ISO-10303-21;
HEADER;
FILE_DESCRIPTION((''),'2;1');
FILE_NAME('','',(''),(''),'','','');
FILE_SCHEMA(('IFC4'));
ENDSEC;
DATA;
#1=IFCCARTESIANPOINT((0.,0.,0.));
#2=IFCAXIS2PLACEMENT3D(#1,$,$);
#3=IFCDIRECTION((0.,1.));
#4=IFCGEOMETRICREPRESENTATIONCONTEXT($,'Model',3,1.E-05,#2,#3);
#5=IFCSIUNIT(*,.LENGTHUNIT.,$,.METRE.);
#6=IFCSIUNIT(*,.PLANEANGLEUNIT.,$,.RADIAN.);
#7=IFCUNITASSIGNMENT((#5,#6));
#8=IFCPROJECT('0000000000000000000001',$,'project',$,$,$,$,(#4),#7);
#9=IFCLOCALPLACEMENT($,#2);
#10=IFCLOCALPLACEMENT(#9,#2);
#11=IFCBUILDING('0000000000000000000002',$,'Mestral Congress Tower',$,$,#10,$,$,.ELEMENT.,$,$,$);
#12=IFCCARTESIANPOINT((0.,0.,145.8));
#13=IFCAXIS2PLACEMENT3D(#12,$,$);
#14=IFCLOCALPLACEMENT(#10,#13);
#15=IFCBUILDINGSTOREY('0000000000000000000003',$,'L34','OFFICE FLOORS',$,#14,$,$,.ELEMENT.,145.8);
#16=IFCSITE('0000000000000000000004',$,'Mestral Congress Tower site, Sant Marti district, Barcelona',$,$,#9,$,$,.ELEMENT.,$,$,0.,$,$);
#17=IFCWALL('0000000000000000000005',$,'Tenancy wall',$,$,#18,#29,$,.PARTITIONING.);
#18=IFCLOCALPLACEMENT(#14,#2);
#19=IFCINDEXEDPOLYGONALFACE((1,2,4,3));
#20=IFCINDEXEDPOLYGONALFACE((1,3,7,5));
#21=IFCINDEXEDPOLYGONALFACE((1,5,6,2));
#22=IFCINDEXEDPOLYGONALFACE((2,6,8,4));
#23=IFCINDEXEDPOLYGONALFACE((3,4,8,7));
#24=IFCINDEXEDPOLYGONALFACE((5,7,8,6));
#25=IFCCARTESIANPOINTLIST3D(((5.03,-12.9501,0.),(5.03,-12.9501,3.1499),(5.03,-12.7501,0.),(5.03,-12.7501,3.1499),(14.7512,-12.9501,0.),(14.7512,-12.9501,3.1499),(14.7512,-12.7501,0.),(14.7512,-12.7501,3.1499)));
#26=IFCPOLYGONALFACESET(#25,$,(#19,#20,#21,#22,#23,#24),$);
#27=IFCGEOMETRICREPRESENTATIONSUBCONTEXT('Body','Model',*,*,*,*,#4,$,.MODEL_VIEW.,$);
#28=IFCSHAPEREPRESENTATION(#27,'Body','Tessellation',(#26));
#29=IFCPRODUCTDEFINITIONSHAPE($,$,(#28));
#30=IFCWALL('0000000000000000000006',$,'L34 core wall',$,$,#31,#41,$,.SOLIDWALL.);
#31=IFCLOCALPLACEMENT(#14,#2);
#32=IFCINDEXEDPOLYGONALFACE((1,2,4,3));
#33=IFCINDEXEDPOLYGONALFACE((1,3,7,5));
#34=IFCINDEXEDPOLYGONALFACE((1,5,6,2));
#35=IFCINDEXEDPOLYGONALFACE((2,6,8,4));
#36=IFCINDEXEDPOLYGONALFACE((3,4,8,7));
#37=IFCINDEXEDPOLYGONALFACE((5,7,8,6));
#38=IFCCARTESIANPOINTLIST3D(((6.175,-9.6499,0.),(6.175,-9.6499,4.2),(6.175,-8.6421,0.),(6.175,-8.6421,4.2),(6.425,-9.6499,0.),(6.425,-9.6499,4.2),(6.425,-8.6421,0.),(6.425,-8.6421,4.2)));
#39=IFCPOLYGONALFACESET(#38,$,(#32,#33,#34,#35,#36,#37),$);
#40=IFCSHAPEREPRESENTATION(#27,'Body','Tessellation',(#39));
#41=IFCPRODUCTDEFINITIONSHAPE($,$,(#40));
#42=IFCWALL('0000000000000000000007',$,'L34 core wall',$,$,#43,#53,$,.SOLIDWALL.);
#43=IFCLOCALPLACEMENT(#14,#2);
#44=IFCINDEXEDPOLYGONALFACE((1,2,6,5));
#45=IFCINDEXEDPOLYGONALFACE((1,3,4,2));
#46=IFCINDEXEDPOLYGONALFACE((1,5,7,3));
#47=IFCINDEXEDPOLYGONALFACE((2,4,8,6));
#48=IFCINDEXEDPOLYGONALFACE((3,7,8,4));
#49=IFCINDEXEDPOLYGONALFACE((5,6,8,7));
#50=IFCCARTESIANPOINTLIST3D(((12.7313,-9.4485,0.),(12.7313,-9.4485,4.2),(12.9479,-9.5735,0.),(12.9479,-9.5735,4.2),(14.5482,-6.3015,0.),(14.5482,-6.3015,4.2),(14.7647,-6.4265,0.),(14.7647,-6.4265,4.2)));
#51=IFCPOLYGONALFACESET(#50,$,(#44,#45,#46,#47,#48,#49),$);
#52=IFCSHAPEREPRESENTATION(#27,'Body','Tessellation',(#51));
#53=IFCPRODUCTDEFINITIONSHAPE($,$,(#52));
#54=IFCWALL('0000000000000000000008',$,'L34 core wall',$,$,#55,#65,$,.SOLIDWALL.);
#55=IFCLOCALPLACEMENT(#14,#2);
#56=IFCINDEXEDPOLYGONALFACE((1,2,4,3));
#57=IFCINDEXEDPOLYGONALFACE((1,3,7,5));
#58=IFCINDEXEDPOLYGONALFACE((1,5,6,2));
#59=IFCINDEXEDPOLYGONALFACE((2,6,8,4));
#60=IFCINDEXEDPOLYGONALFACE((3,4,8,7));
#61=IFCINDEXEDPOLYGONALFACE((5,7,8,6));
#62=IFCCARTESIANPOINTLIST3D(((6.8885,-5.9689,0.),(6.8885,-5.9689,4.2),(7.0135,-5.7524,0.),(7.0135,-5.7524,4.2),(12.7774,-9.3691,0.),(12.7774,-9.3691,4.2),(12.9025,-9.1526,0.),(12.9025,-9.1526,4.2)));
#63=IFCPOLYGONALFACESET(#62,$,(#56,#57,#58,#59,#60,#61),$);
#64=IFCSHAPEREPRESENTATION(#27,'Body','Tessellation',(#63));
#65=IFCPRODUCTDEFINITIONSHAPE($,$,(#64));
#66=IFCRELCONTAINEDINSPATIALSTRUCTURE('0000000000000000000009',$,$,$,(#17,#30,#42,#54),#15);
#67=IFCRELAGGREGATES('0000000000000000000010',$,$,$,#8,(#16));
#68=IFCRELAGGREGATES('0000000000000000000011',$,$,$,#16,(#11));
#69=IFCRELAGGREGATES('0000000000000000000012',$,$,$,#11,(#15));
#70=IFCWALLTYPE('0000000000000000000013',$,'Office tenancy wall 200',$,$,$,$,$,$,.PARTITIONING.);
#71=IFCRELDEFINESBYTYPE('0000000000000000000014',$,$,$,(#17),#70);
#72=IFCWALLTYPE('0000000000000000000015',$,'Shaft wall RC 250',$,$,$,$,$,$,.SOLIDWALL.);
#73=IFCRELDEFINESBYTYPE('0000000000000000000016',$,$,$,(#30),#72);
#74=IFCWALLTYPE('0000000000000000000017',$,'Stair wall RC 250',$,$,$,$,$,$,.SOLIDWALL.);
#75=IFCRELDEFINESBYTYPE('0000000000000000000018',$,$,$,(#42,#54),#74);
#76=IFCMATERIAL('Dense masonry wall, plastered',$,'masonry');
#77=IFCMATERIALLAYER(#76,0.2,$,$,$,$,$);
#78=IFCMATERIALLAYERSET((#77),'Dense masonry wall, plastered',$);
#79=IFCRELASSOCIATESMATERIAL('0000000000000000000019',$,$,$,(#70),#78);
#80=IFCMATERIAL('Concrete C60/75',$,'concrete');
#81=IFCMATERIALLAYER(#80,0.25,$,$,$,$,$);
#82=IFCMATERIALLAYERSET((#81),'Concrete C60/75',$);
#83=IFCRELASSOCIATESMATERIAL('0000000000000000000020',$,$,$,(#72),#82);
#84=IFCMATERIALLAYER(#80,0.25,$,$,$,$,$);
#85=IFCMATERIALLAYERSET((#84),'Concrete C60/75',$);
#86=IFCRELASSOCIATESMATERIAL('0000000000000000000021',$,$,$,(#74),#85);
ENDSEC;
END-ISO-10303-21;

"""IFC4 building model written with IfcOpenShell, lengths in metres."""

from ifc_helpers import new_model, si_unit, direction, frame, frame_2d, origin, place, context, subcontext, project, spatial, rectangle, extrude, material, layer, layer_set, type_object, element, save


model = new_model("IFC4")

# Units and contexts
model_context = context("Model", 3, precision=1e-05, world=origin(), true_north=direction((0.0, 1.0)))
body_context = subcontext(model_context, "Body", "Model", "MODEL_VIEW")
ifc_project = project(units=[si_unit("LENGTHUNIT", "METRE"), si_unit("PLANEANGLEUNIT", "RADIAN")], contexts=[model_context])

# Site, building, storey
site_placement = place(None, origin())
site = spatial("IfcSite", under=ifc_project, at=site_placement, Name="Mestral Congress Tower site, Sant Marti district, Barcelona", CompositionType="ELEMENT", RefElevation=0.0)
building_placement = place(site_placement, origin())
building = spatial("IfcBuilding", under=site, at=building_placement, Name="Mestral Congress Tower", CompositionType="ELEMENT")
storey_placement = place(building_placement, frame((0.0, 0.0, 145.8)))
storey = spatial("IfcBuildingStorey", under=building, at=storey_placement, Name="L34", Description="OFFICE FLOORS", CompositionType="ELEMENT", Elevation=145.8)

# Shared definitions
ifc_material_1 = material(Name="Concrete C60/75", Category="concrete")

# Walls
ifc_material_2 = material(Name="Dense masonry wall, plastered", Category="masonry")
ifc_layer_1 = layer(ifc_material_2, 0.2)
ifc_layer_set_1 = layer_set([ifc_layer_1], Name="Dense masonry wall, plastered")
wall_type_1 = type_object("IfcWallType", Name="Office tenancy wall 200", PredefinedType="PARTITIONING", material=ifc_layer_set_1)
wall_1_placement = place(storey_placement, frame((5.03, -12.8501, 0.0), z_axis=(0.0, 0.0, 1.0), x_axis=(1.0, 0.0, 0.0)))
element("IfcWall", 1, at=wall_1_placement, inside=storey, type_object=wall_type_1, Name="Tenancy wall", PredefinedType="PARTITIONING", context=body_context, shape_type="SweptSolid", body=[
    extrude(rectangle(XDim=9.7212, YDim=0.2, at=frame_2d((4.8606, 0.0))), origin(), (0.0, 0.0, 1.0), 3.1499),
])
ifc_layer_2 = layer(ifc_material_1, 0.25)
ifc_layer_set_2 = layer_set([ifc_layer_2], Name="Concrete C60/75")
wall_type_2 = type_object("IfcWallType", Name="Shaft wall RC 250", PredefinedType="SOLIDWALL", material=ifc_layer_set_2)
wall_2_placement = place(storey_placement, frame((6.3, -9.6499, 0.0), z_axis=(0.0, 0.0, 1.0), x_axis=(0.0, 1.0, 0.0)))
element("IfcWall", 2, at=wall_2_placement, inside=storey, type_object=wall_type_2, Name="L34 core wall", PredefinedType="SOLIDWALL", context=body_context, shape_type="SweptSolid", body=[
    extrude(rectangle(XDim=1.0078, YDim=0.25, at=frame_2d((0.5039, 0.0))), origin(), (0.0, 0.0, 1.0), 4.2),
])
ifc_layer_3 = layer(ifc_material_1, 0.25)
ifc_layer_set_3 = layer_set([ifc_layer_3], Name="Concrete C60/75")
wall_type_3 = type_object("IfcWallType", Name="Stair wall RC 250", PredefinedType="SOLIDWALL", material=ifc_layer_set_3)
wall_3_placement = place(storey_placement, frame((12.8396, -9.511, 0.0), z_axis=(0.0, 0.0, 1.0), x_axis=(0.499998, 0.866027, 0.0)))
element("IfcWall", 3, at=wall_3_placement, inside=storey, type_object=wall_type_3, Name="L34 core wall", PredefinedType="SOLIDWALL", context=body_context, shape_type="SweptSolid", body=[
    extrude(rectangle(XDim=3.6338, YDim=0.25, at=frame_2d((1.8169, 0.0))), origin(), (0.0, 0.0, 1.0), 4.2),
])
wall_4_placement = place(storey_placement, frame((12.8398, -9.2607, 0.0), z_axis=(0.0, 0.0, 1.0), x_axis=(-0.866014, 0.50002, 0.0)))
element("IfcWall", 4, at=wall_4_placement, inside=storey, type_object=wall_type_3, Name="L34 core wall", PredefinedType="SOLIDWALL", context=body_context, shape_type="SweptSolid", body=[
    extrude(rectangle(XDim=6.8, YDim=0.25, at=frame_2d((3.3999, 0.0))), origin(), (0.0, 0.0, 1.0), 4.2),
])

save(model, "model.ifc")
